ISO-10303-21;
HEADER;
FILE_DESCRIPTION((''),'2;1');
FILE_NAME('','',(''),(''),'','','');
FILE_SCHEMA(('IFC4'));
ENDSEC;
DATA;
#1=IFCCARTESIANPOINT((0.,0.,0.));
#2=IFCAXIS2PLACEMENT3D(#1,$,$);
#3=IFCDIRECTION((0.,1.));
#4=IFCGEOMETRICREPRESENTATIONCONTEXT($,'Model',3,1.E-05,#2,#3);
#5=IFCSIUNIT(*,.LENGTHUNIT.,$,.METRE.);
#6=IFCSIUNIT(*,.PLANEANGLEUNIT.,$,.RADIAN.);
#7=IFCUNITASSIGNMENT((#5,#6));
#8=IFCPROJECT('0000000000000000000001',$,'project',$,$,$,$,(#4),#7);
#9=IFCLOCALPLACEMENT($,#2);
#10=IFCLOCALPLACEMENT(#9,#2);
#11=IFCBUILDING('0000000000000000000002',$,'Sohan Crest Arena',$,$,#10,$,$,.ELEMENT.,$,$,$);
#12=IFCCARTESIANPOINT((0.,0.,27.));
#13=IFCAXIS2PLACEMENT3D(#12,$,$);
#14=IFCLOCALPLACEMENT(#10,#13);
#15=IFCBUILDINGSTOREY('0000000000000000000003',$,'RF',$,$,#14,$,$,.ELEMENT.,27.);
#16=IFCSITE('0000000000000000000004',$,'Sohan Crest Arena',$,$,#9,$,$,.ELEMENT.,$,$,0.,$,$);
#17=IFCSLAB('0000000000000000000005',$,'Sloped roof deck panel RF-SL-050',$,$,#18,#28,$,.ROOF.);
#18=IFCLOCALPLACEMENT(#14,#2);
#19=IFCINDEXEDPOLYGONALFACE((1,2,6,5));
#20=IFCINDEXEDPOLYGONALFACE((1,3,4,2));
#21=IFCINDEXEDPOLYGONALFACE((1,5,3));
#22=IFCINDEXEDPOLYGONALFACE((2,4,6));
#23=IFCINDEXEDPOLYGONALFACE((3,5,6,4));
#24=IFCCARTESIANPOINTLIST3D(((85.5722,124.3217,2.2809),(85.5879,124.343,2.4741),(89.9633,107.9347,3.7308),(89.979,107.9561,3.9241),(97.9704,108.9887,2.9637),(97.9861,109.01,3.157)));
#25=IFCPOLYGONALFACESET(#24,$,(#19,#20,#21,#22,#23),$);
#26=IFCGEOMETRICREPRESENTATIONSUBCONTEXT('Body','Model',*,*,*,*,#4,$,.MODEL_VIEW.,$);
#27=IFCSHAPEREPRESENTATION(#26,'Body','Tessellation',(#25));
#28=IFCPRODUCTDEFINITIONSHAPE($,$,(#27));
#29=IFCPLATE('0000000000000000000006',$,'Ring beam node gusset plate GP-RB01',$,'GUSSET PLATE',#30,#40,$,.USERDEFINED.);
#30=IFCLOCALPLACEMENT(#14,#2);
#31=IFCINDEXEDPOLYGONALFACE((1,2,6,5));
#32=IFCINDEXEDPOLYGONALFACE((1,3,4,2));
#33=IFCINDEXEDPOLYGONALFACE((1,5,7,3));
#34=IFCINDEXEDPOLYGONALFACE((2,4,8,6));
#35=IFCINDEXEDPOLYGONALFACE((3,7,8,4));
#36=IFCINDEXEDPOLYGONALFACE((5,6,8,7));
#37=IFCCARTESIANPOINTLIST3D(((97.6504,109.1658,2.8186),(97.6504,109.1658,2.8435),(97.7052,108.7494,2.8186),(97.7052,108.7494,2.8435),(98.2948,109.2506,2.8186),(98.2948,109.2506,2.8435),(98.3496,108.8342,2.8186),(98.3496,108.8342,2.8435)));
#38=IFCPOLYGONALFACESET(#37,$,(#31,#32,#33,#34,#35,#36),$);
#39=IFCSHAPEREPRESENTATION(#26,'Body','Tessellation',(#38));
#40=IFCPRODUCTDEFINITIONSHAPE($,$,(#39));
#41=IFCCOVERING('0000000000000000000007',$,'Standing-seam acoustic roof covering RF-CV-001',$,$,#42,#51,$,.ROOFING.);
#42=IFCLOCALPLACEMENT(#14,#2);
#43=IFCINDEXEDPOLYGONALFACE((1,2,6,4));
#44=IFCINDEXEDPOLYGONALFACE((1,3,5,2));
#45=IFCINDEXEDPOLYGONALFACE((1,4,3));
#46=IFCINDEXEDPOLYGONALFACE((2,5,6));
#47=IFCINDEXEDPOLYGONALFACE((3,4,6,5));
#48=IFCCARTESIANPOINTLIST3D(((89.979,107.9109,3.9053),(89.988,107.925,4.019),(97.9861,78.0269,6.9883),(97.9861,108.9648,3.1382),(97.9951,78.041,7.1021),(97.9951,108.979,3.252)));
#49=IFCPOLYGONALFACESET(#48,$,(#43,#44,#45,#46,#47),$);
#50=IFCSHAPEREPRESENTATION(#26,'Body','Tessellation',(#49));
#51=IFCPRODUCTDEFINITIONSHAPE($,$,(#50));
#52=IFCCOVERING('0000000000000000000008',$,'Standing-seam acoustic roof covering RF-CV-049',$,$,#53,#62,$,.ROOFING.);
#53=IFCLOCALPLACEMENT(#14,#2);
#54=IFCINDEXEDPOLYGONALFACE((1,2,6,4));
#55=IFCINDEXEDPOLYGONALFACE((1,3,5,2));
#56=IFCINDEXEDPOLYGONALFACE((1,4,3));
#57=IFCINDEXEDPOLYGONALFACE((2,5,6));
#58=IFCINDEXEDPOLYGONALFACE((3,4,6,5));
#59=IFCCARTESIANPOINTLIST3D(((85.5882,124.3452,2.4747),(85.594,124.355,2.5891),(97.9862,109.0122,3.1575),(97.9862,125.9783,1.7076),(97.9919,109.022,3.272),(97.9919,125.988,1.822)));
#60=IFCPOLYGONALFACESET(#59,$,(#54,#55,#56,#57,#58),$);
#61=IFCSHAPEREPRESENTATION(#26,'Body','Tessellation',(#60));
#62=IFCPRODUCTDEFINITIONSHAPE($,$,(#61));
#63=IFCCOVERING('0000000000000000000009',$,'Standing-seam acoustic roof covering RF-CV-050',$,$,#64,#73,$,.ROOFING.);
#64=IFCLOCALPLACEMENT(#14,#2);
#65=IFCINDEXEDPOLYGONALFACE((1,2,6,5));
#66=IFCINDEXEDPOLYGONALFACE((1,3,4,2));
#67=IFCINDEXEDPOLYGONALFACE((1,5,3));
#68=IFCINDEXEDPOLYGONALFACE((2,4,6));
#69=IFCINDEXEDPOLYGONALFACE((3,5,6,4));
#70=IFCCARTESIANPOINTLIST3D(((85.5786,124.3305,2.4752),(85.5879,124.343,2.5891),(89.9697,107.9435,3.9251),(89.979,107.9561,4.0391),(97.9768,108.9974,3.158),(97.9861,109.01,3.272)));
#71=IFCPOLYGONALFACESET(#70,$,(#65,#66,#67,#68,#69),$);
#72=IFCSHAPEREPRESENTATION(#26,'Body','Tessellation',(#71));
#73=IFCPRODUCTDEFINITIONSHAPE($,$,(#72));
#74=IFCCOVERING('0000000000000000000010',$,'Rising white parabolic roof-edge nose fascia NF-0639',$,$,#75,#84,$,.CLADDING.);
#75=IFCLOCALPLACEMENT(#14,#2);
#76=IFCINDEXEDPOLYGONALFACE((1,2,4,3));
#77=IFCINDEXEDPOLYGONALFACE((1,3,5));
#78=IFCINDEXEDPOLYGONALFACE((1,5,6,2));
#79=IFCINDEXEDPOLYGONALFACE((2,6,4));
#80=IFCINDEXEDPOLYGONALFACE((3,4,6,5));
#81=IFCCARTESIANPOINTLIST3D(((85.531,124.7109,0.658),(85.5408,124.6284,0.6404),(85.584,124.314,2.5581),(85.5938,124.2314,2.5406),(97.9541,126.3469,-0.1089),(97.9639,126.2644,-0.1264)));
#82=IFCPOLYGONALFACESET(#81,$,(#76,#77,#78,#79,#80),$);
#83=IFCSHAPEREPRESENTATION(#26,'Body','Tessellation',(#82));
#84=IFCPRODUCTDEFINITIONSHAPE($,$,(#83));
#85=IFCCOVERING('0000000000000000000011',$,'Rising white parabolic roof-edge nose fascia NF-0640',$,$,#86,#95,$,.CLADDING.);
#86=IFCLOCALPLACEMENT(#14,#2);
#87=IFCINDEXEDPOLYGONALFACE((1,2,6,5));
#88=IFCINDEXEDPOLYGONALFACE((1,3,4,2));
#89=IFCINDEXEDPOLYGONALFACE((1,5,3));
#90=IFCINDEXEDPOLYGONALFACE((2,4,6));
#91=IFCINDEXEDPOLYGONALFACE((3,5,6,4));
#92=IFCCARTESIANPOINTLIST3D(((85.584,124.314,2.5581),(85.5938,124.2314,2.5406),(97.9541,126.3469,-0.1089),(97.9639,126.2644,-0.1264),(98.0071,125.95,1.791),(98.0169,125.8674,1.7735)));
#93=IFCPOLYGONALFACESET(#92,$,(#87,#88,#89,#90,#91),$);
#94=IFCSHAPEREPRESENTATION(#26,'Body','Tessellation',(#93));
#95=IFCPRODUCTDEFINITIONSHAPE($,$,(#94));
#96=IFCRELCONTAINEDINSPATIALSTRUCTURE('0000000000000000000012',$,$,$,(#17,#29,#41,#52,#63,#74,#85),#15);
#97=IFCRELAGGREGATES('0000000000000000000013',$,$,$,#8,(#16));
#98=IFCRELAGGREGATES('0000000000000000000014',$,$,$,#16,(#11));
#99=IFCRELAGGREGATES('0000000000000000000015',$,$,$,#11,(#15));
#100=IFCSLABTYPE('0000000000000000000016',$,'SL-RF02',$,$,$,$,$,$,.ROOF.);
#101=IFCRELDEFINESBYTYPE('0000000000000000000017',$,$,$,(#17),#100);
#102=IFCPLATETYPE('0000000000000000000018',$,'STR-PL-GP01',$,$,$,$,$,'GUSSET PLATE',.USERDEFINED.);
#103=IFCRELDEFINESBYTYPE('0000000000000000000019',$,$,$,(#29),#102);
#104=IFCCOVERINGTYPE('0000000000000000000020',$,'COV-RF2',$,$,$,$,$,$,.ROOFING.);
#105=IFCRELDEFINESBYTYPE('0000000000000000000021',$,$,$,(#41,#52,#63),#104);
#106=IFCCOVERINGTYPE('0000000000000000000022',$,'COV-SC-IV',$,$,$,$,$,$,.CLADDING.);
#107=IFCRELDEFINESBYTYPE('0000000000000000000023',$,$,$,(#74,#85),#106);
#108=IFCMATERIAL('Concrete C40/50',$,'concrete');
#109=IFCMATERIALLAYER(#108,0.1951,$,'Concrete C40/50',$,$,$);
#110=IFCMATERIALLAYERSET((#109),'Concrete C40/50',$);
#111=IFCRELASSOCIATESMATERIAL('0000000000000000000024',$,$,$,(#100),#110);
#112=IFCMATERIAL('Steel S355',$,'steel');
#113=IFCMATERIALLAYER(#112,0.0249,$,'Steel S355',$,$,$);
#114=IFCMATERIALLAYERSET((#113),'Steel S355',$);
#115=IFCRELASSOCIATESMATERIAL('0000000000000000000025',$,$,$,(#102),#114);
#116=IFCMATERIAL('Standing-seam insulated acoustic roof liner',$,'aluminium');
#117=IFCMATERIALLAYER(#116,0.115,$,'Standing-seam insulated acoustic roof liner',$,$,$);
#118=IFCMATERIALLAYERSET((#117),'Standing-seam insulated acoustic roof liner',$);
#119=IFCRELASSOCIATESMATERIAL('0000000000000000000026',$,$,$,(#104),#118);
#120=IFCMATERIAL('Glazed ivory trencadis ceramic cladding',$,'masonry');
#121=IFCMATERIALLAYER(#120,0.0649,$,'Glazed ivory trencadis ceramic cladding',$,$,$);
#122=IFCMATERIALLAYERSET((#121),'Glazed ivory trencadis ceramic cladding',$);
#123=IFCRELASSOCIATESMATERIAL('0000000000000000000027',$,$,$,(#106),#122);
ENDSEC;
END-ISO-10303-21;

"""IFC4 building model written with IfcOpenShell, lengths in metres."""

from ifc_helpers import new_model, si_unit, direction, frame, origin, origin_2d, place, context, subcontext, project, spatial, polyline, rectangle, outline, extrude, material, layer, layer_set, type_object, element, save


model = new_model("IFC4")

# Units and contexts
model_context = context("Model", 3, precision=1e-05, world=origin(), true_north=direction((0.0, 1.0)))
body_context = subcontext(model_context, "Body", "Model", "MODEL_VIEW")
ifc_project = project(units=[si_unit("LENGTHUNIT", "METRE"), si_unit("PLANEANGLEUNIT", "RADIAN")], contexts=[model_context])

# Site, building, storey
site_placement = place(None, origin())
site = spatial("IfcSite", under=ifc_project, at=site_placement, Name="Sohan Crest Arena", CompositionType="ELEMENT", RefElevation=0.0)
building_placement = place(site_placement, origin())
building = spatial("IfcBuilding", under=site, at=building_placement, Name="Sohan Crest Arena", CompositionType="ELEMENT")
storey_placement = place(building_placement, frame((0.0, 0.0, 27.0)))
storey = spatial("IfcBuildingStorey", under=building, at=storey_placement, Name="RF", CompositionType="ELEMENT", Elevation=27.0)

# Shared definitions
ifc_material_1 = material(Name="Concrete C40/50", Category="concrete")
ifc_material_2 = material(Name="Steel S355", Category="steel")

# Slab
ifc_layer_1 = layer(ifc_material_1, 0.1951, Name="Concrete C40/50")
ifc_layer_set_1 = layer_set([ifc_layer_1], Name="Concrete C40/50")
slab_type_1 = type_object("IfcSlabType", Name="SL-RF02", PredefinedType="ROOF", material=ifc_layer_set_1)
slab_1_placement = place(storey_placement, frame((97.9861, 109.01, 3.157), z_axis=(0.080535, 0.109244, 0.990747), x_axis=(-0.628385, 0.777132, -0.03461)))
element("IfcSlab", 1, at=slab_1_placement, inside=storey, type_object=slab_type_1, Name="Sloped roof deck panel RF-SL-050", PredefinedType="ROOF", context=body_context, shape_type="SweptSolid", body=[
    extrude(outline(polyline([(0.0, 0.0), (19.7302, 0.0), (4.1859, 6.9491), (0.0, 0.0)])), origin(), (0.0, 0.0, -1.0), 0.1951),
])

# Plate
ifc_layer_2 = layer(ifc_material_2, 0.0249, Name="Steel S355")
ifc_layer_set_2 = layer_set([ifc_layer_2], Name="Steel S355")
plate_type_1 = type_object("IfcPlateType", Name="STR-PL-GP01", ElementType="GUSSET PLATE", PredefinedType="USERDEFINED", material=ifc_layer_set_2)
plate_1_placement = place(storey_placement, frame((98.0, 109.0, 2.8186), z_axis=(0.0, 0.0, 1.0), x_axis=(0.991445, 0.130526, 0.0)))
element("IfcPlate", 2, at=plate_1_placement, inside=storey, type_object=plate_type_1, Name="Ring beam node gusset plate GP-RB01", ObjectType="GUSSET PLATE", PredefinedType="USERDEFINED", context=body_context, shape_type="SweptSolid", body=[
    extrude(rectangle(XDim=0.6499, YDim=0.4199, at=origin_2d()), origin(), (0.0, 0.0, 1.0), 0.0249),
])

# Coverings
ifc_material_3 = material(Name="Standing-seam insulated acoustic roof liner", Category="aluminium")
ifc_layer_3 = layer(ifc_material_3, 0.115, Name="Standing-seam insulated acoustic roof liner")
ifc_layer_set_3 = layer_set([ifc_layer_3], Name="Standing-seam insulated acoustic roof liner")
covering_type_1 = type_object("IfcCoveringType", Name="COV-RF2", PredefinedType="ROOFING", material=ifc_layer_set_3)
covering_1_placement = place(storey_placement, frame((97.9951, 108.979, 3.252), z_axis=(0.078569, 0.123111, 0.989278), x_axis=(-0.987006, -0.129917, 0.094557)))
element("IfcCovering", 3, at=covering_1_placement, inside=storey, type_object=covering_type_1, Name="Standing-seam acoustic roof covering RF-CV-001", PredefinedType="ROOFING", context=body_context, shape_type="SweptSolid", body=[
    extrude(outline(polyline([(0.0, 0.0), (8.1125, 0.0), (4.3834, 30.8669), (0.0, 0.0)])), origin(), (0.0, 0.0, -1.0), 0.115),
])
covering_2_placement = place(storey_placement, frame((97.9919, 109.022, 3.272), z_axis=(0.050367, 0.085043, 0.995103), x_axis=(0.0, 0.996368, -0.085151)))
element("IfcCovering", 4, at=covering_2_placement, inside=storey, type_object=covering_type_1, Name="Standing-seam acoustic roof covering RF-CV-049", PredefinedType="ROOFING", context=body_context, shape_type="SweptSolid", body=[
    extrude(outline(polyline([(0.0, 0.0), (17.0279, 0.0), (15.3355, 12.4137), (0.0, 0.0)])), origin(), (0.0, 0.0, -1.0), 0.115),
])
covering_3_placement = place(storey_placement, frame((97.9861, 109.01, 3.272), z_axis=(0.080535, 0.109244, 0.990747), x_axis=(-0.628385, 0.777132, -0.03461)))
element("IfcCovering", 5, at=covering_3_placement, inside=storey, type_object=covering_type_1, Name="Standing-seam acoustic roof covering RF-CV-050", PredefinedType="ROOFING", context=body_context, shape_type="SweptSolid", body=[
    extrude(outline(polyline([(0.0, 0.0), (19.7302, 0.0), (4.1859, 6.9491), (0.0, 0.0)])), origin(), (0.0, 0.0, -1.0), 0.115),
])
ifc_material_4 = material(Name="Glazed ivory trencadis ceramic cladding", Category="masonry")
ifc_layer_4 = layer(ifc_material_4, 0.0649, Name="Glazed ivory trencadis ceramic cladding")
ifc_layer_set_4 = layer_set([ifc_layer_4], Name="Glazed ivory trencadis ceramic cladding")
covering_type_2 = type_object("IfcCoveringType", Name="COV-SC-IV", PredefinedType="CLADDING", material=ifc_layer_set_4)
covering_4_placement = place(storey_placement, frame((97.9541, 126.3469, -0.1089), z_axis=(-0.115233, 0.971698, 0.206217), x_axis=(-0.989589, -0.130318, 0.061085)))
element("IfcCovering", 6, at=covering_4_placement, inside=storey, type_object=covering_type_2, Name="Rising white parabolic roof-edge nose fascia NF-0639", PredefinedType="CLADDING", context=body_context, shape_type="SweptSolid", body=[
    extrude(outline(polyline([(0.0, 0.0), (12.5538, 0.0), (12.6692, 1.9385), (0.0, 0.0)])), origin(), (0.0, 0.0, -1.0), 0.085),
])
covering_5_placement = place(storey_placement, frame((97.9541, 126.3469, -0.1089), z_axis=(-0.115227, 0.971693, 0.206242), x_axis=(-0.965163, -0.158619, 0.208089)))
element("IfcCovering", 7, at=covering_5_placement, inside=storey, type_object=covering_type_2, Name="Rising white parabolic roof-edge nose fascia NF-0640", PredefinedType="CLADDING", context=body_context, shape_type="SweptSolid", body=[
    extrude(outline(polyline([(0.0, 0.0), (12.8166, 0.0), (0.4072, 1.8985), (0.0, 0.0)])), origin(), (0.0, 0.0, -1.0), 0.085),
])

save(model, "model.ifc")
